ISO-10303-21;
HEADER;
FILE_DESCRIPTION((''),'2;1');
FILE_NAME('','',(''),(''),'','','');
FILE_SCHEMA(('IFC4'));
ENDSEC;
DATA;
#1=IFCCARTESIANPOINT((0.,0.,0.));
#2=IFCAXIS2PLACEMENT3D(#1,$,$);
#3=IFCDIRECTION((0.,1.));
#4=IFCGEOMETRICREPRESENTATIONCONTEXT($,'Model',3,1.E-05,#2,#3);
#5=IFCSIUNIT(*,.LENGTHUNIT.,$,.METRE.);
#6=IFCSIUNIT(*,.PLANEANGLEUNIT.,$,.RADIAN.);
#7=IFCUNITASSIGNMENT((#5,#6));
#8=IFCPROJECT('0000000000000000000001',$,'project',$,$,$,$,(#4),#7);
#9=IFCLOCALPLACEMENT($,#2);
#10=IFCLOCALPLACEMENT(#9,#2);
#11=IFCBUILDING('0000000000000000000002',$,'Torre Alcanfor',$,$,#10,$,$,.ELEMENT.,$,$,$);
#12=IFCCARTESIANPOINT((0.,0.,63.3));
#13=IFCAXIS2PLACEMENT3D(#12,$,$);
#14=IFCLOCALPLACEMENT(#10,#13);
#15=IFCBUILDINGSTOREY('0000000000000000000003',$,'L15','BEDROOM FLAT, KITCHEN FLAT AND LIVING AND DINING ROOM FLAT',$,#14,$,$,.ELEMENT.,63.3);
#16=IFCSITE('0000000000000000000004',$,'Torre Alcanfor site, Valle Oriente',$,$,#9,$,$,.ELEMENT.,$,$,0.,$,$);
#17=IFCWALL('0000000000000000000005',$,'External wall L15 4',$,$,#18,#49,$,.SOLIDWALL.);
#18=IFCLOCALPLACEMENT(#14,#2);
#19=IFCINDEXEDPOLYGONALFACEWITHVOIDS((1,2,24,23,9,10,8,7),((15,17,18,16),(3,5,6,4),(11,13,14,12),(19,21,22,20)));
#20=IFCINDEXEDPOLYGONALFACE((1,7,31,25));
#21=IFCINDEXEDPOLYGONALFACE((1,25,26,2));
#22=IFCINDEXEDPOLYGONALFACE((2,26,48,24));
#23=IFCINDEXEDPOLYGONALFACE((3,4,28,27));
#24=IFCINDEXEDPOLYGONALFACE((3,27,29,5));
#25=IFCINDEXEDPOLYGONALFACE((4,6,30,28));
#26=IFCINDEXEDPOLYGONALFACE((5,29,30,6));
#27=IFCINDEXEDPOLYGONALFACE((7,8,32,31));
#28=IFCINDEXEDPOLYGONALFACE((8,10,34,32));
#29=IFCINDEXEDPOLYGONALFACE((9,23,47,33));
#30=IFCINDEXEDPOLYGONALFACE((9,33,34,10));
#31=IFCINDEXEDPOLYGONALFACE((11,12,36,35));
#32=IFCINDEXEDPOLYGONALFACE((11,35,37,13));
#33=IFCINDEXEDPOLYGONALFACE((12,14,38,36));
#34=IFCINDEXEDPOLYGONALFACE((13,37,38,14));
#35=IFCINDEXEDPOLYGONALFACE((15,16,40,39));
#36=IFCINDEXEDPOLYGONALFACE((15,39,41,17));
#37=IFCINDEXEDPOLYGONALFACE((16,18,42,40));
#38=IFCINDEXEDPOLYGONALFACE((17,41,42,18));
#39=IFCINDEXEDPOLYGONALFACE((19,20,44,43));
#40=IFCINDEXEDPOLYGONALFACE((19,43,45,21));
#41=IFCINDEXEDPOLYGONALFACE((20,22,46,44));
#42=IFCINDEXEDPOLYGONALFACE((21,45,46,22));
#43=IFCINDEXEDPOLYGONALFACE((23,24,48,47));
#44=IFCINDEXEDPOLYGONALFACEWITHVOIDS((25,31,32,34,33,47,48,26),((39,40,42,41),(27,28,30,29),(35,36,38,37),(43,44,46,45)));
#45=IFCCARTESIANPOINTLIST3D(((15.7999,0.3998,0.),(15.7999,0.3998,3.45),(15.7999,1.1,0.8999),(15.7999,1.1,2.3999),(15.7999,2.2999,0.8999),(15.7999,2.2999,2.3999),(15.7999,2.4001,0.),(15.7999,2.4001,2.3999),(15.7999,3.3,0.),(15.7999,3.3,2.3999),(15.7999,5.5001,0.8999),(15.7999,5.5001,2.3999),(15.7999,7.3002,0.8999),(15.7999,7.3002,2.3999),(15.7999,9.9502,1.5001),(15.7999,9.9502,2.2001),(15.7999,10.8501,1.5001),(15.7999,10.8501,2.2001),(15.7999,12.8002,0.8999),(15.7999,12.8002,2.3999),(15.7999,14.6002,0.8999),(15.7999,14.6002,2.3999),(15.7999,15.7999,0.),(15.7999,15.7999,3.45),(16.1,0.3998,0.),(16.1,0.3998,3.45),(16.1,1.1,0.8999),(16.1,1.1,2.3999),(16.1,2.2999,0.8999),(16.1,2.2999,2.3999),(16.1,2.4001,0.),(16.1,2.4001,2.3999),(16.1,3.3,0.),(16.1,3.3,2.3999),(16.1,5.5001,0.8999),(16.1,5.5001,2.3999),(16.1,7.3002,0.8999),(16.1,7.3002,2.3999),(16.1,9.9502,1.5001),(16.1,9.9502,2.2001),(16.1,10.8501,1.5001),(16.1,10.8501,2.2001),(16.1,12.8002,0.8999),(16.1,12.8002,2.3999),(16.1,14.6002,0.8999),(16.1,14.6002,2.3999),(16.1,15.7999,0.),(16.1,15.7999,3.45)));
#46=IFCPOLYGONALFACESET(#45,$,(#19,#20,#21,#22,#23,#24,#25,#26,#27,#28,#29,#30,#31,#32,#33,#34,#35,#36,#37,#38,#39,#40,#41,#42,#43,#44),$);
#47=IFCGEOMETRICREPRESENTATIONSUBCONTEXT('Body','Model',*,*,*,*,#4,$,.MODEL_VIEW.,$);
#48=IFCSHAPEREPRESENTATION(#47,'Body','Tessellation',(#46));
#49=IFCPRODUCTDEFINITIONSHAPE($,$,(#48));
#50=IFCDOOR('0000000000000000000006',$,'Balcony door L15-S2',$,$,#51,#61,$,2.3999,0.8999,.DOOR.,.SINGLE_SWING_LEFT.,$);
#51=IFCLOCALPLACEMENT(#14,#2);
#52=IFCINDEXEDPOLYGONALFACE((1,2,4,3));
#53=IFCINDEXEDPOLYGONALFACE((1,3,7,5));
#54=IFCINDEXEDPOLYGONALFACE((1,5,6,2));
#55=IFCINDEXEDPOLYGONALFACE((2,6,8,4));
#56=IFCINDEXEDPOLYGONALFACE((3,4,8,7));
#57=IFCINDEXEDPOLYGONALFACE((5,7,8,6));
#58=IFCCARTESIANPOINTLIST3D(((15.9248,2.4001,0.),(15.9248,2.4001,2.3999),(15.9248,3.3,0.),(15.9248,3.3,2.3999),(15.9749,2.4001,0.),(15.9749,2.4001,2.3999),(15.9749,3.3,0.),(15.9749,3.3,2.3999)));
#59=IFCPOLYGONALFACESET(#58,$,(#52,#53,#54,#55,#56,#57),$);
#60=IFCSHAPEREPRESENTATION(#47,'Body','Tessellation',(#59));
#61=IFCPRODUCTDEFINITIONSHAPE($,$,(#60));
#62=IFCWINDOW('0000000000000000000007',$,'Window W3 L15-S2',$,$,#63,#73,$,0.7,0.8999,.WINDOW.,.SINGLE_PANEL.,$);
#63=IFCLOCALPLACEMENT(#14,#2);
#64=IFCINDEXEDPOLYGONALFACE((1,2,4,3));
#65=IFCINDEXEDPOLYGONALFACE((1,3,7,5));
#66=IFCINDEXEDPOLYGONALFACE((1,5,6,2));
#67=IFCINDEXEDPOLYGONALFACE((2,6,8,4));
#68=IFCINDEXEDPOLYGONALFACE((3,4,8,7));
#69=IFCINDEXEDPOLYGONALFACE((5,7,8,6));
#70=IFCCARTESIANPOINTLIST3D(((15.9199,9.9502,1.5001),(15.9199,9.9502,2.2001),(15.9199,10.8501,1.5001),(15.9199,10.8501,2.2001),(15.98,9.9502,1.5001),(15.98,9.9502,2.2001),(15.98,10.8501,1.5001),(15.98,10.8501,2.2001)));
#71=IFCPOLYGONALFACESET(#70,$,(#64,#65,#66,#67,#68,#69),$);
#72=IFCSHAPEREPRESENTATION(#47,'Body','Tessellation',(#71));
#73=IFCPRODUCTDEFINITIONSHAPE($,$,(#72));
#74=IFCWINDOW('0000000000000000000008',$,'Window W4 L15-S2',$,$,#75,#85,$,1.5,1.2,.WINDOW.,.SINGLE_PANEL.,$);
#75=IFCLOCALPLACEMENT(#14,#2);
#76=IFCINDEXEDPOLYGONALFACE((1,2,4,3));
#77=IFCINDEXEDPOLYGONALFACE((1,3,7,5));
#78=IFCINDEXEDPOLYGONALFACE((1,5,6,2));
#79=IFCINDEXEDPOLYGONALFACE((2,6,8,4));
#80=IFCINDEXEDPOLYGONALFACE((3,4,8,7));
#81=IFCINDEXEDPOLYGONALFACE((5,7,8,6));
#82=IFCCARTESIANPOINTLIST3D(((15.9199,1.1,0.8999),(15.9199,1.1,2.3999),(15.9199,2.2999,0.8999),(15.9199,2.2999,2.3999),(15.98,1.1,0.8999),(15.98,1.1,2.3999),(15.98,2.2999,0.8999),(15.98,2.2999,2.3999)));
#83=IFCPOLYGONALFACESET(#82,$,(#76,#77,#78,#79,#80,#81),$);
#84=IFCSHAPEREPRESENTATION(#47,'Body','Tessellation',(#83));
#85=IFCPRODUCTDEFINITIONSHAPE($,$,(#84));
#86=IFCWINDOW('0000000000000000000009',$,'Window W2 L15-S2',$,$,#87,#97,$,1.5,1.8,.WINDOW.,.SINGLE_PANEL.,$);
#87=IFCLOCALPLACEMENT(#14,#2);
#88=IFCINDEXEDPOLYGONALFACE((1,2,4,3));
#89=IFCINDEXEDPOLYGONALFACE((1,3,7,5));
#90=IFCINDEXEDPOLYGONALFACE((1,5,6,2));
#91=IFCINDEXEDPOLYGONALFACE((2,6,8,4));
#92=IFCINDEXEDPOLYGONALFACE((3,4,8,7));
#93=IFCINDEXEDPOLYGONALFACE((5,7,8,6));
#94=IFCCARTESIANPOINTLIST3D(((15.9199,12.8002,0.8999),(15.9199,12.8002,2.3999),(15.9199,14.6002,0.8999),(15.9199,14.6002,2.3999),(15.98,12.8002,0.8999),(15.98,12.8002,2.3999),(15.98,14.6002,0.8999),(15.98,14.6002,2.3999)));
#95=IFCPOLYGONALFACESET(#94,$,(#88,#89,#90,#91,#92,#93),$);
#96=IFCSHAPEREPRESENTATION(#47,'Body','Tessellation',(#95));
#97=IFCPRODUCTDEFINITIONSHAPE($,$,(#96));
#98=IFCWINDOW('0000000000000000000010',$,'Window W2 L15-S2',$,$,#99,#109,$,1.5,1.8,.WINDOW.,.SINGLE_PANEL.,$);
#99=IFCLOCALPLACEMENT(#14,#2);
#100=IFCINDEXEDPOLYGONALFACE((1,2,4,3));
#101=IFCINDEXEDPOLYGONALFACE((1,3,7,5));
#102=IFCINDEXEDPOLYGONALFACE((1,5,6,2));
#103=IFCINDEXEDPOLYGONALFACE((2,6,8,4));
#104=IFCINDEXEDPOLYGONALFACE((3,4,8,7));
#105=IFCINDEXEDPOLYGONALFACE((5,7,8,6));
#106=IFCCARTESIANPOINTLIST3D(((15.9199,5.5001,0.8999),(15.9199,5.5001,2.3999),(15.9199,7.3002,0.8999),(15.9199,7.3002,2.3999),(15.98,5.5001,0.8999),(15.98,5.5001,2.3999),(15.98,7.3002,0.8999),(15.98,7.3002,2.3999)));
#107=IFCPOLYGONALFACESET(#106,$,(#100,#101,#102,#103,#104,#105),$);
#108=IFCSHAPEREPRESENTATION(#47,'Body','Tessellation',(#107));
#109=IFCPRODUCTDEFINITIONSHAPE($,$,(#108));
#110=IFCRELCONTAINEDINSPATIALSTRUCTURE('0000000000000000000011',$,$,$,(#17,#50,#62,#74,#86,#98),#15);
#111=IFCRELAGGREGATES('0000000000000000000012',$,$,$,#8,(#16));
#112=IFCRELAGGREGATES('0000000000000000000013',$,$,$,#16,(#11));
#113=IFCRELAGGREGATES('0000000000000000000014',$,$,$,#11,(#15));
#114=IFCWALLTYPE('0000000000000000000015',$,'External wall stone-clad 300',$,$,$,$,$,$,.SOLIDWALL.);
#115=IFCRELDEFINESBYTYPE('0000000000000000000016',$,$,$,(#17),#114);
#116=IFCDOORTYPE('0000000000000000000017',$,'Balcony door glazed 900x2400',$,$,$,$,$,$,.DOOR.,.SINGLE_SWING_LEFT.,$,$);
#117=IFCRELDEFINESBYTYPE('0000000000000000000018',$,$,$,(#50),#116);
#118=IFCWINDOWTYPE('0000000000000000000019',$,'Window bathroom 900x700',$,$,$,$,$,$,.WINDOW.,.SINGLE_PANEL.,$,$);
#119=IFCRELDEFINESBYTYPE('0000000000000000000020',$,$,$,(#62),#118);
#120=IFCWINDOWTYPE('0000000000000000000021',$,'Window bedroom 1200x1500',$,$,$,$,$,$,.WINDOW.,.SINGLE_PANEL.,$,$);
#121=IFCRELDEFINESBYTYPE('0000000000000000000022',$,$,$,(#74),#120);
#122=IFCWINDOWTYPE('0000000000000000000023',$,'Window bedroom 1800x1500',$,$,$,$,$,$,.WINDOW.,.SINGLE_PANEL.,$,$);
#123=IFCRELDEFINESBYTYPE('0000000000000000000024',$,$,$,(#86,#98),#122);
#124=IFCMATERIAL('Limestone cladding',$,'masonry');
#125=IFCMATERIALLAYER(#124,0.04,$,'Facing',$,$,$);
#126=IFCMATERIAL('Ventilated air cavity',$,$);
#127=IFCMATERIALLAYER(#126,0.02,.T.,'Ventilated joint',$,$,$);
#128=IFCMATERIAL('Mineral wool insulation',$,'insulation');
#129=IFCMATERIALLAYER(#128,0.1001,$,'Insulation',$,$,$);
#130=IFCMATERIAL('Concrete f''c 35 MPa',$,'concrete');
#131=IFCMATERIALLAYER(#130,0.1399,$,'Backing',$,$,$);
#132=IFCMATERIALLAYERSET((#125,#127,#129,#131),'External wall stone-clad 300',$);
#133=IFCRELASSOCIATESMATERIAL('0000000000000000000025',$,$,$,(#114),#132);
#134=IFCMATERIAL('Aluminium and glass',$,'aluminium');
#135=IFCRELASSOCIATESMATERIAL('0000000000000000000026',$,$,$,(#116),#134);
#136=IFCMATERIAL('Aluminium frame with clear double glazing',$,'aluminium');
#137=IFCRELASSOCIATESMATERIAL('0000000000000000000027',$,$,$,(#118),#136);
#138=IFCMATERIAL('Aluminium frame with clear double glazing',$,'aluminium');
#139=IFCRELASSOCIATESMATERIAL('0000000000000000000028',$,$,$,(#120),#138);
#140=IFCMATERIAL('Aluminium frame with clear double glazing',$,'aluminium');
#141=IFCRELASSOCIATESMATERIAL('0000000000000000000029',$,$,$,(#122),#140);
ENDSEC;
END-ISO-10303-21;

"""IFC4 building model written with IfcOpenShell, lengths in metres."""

from ifc_helpers import new_model, si_unit, direction, frame, frame_2d, origin, place, context, subcontext, project, spatial, rectangle, extrude, material, layer, layer_set, type_object, element, fill, save


model = new_model("IFC4")

# Units and contexts
model_context = context("Model", 3, precision=1e-05, world=origin(), true_north=direction((0.0, 1.0)))
body_context = subcontext(model_context, "Body", "Model", "MODEL_VIEW")
ifc_project = project(units=[si_unit("LENGTHUNIT", "METRE"), si_unit("PLANEANGLEUNIT", "RADIAN")], contexts=[model_context])

# Site, building, storey
site_placement = place(None, origin())
site = spatial("IfcSite", under=ifc_project, at=site_placement, Name="Torre Alcanfor site, Valle Oriente", CompositionType="ELEMENT", RefElevation=0.0)
building_placement = place(site_placement, origin())
building = spatial("IfcBuilding", under=site, at=building_placement, Name="Torre Alcanfor", CompositionType="ELEMENT")
storey_placement = place(building_placement, frame((0.0, 0.0, 63.3)))
storey = spatial("IfcBuildingStorey", under=building, at=storey_placement, Name="L15", Description="BEDROOM FLAT, KITCHEN FLAT AND LIVING AND DINING ROOM FLAT", CompositionType="ELEMENT", Elevation=63.3)

# Wall, openings, door, windows
ifc_material_1 = material(Name="Limestone cladding", Category="masonry")
ifc_layer_1 = layer(ifc_material_1, 0.04, Name="Facing")
ifc_material_2 = material(Name="Ventilated air cavity")
ifc_layer_2 = layer(ifc_material_2, 0.02, ventilated=True, Name="Ventilated joint")
ifc_material_3 = material(Name="Mineral wool insulation", Category="insulation")
ifc_layer_3 = layer(ifc_material_3, 0.1001, Name="Insulation")
ifc_material_4 = material(Name="Concrete f'c 35 MPa", Category="concrete")
ifc_layer_4 = layer(ifc_material_4, 0.1399, Name="Backing")
ifc_layer_set_1 = layer_set([ifc_layer_1, ifc_layer_2, ifc_layer_3, ifc_layer_4], Name="External wall stone-clad 300")
wall_type_1 = type_object("IfcWallType", Name="External wall stone-clad 300", PredefinedType="SOLIDWALL", material=ifc_layer_set_1)
ifc_material_5 = material(Name="Aluminium and glass", Category="aluminium")
door_type = type_object("IfcDoorType", Name="Balcony door glazed 900x2400", OperationType="SINGLE_SWING_LEFT", PredefinedType="DOOR", material=ifc_material_5)
ifc_material_6 = material(Name="Aluminium frame with clear double glazing", Category="aluminium")
window_type_1 = type_object("IfcWindowType", Name="Window bathroom 900x700", PartitioningType="SINGLE_PANEL", PredefinedType="WINDOW", material=ifc_material_6)
ifc_material_7 = material(Name="Aluminium frame with clear double glazing", Category="aluminium")
window_type_2 = type_object("IfcWindowType", Name="Window bedroom 1200x1500", PartitioningType="SINGLE_PANEL", PredefinedType="WINDOW", material=ifc_material_7)
ifc_material_8 = material(Name="Aluminium frame with clear double glazing", Category="aluminium")
window_type_3 = type_object("IfcWindowType", Name="Window bedroom 1800x1500", PartitioningType="SINGLE_PANEL", PredefinedType="WINDOW", material=ifc_material_8)
wall_1_placement = place(storey_placement, frame((15.95, 15.8, 0.0), z_axis=(0.0, 0.0, 1.0), x_axis=(0.0, -1.0, 0.0)))
wall_1 = element("IfcWall", 1, at=wall_1_placement, inside=storey, type_object=wall_type_1, Name="External wall L15 4", PredefinedType="SOLIDWALL", context=body_context, shape_type="SweptSolid", body=[
    extrude(rectangle(XDim=15.4001, YDim=0.3, at=frame_2d((7.7002, 0.0))), origin(), (0.0, 0.0, 1.0), 3.45),
])
opening_1_placement = place(wall_1_placement, frame((1.2, 0.0, 0.8999)))
opening_1 = element("IfcOpeningElement", 2, at=opening_1_placement, cuts=wall_1, PredefinedType="OPENING", context=body_context, shape_type="SweptSolid", body=[
    extrude(rectangle(XDim=1.8, YDim=1.5, at=frame_2d((0.8999, 0.75))), frame((0.0, 0.1599, 0.0), z_axis=(0.0, -1.0, 0.0), x_axis=(1.0, 0.0, 0.0)), (0.0, 0.0, 1.0), 0.3201),
])
opening_2_placement = place(wall_1_placement, frame((4.95, 0.0, 1.5)))
opening_2 = element("IfcOpeningElement", 3, at=opening_2_placement, cuts=wall_1, PredefinedType="OPENING", context=body_context, shape_type="SweptSolid", body=[
    extrude(rectangle(XDim=0.8999, YDim=0.7, at=frame_2d((0.45, 0.3501))), frame((0.0, 0.1599, 0.0), z_axis=(0.0, -1.0, 0.0), x_axis=(1.0, 0.0, 0.0)), (0.0, 0.0, 1.0), 0.3201),
])
opening_3_placement = place(wall_1_placement, frame((8.5, 0.0, 0.8999)))
opening_3 = element("IfcOpeningElement", 4, at=opening_3_placement, cuts=wall_1, PredefinedType="OPENING", context=body_context, shape_type="SweptSolid", body=[
    extrude(rectangle(XDim=1.8, YDim=1.5, at=frame_2d((0.8999, 0.75))), frame((0.0, 0.1599, 0.0), z_axis=(0.0, -1.0, 0.0), x_axis=(1.0, 0.0, 0.0)), (0.0, 0.0, 1.0), 0.3201),
])
opening_4_placement = place(wall_1_placement, frame((12.5, 0.0, 0.0)))
opening_4 = element("IfcOpeningElement", 5, at=opening_4_placement, cuts=wall_1, PredefinedType="OPENING", context=body_context, shape_type="SweptSolid", body=[
    extrude(rectangle(XDim=0.8999, YDim=2.3999, at=frame_2d((0.45, 1.2))), frame((0.0, 0.1599, 0.0), z_axis=(0.0, -1.0, 0.0), x_axis=(1.0, 0.0, 0.0)), (0.0, 0.0, 1.0), 0.3201),
])
opening_5_placement = place(wall_1_placement, frame((13.5, 0.0, 0.8999)))
opening_5 = element("IfcOpeningElement", 6, at=opening_5_placement, cuts=wall_1, PredefinedType="OPENING", context=body_context, shape_type="SweptSolid", body=[
    extrude(rectangle(XDim=1.2, YDim=1.5, at=frame_2d((0.6001, 0.75))), frame((0.0, 0.1599, 0.0), z_axis=(0.0, -1.0, 0.0), x_axis=(1.0, 0.0, 0.0)), (0.0, 0.0, 1.0), 0.3201),
])
door_1_placement = place(opening_4_placement, origin())
door_1 = element("IfcDoor", 7, at=door_1_placement, inside=storey, type_object=door_type, Name="Balcony door L15-S2", OperationType="SINGLE_SWING_LEFT", OverallHeight=2.3999, OverallWidth=0.8999, PredefinedType="DOOR", context=body_context, shape_type="SweptSolid", body=[
    extrude(rectangle(XDim=0.8999, YDim=2.3999, at=frame_2d((0.45, 1.2))), frame((0.0, 0.0249, 0.0), z_axis=(0.0, -1.0, 0.0), x_axis=(1.0, 0.0, 0.0)), (0.0, 0.0, 1.0), 0.05),
])
fill(opening_4, door_1)
window_1_placement = place(opening_2_placement, origin())
window_1 = element("IfcWindow", 8, at=window_1_placement, inside=storey, type_object=window_type_1, Name="Window W3 L15-S2", OverallHeight=0.7, OverallWidth=0.8999, PartitioningType="SINGLE_PANEL", PredefinedType="WINDOW", context=body_context, shape_type="SweptSolid", body=[
    extrude(rectangle(XDim=0.8999, YDim=0.7, at=frame_2d((0.45, 0.3501))), frame((0.0, 0.03, 0.0), z_axis=(0.0, -1.0, 0.0), x_axis=(1.0, 0.0, 0.0)), (0.0, 0.0, 1.0), 0.0601),
])
fill(opening_2, window_1)
window_2_placement = place(opening_5_placement, origin())
window_2 = element("IfcWindow", 9, at=window_2_placement, inside=storey, type_object=window_type_2, Name="Window W4 L15-S2", OverallHeight=1.5, OverallWidth=1.2, PartitioningType="SINGLE_PANEL", PredefinedType="WINDOW", context=body_context, shape_type="SweptSolid", body=[
    extrude(rectangle(XDim=1.2, YDim=1.5, at=frame_2d((0.6001, 0.75))), frame((0.0, 0.03, 0.0), z_axis=(0.0, -1.0, 0.0), x_axis=(1.0, 0.0, 0.0)), (0.0, 0.0, 1.0), 0.0601),
])
fill(opening_5, window_2)
window_3_placement = place(opening_1_placement, origin())
window_3 = element("IfcWindow", 10, at=window_3_placement, inside=storey, type_object=window_type_3, Name="Window W2 L15-S2", OverallHeight=1.5, OverallWidth=1.8, PartitioningType="SINGLE_PANEL", PredefinedType="WINDOW", context=body_context, shape_type="SweptSolid", body=[
    extrude(rectangle(XDim=1.8, YDim=1.5, at=frame_2d((0.8999, 0.75))), frame((0.0, 0.03, 0.0), z_axis=(0.0, -1.0, 0.0), x_axis=(1.0, 0.0, 0.0)), (0.0, 0.0, 1.0), 0.0601),
])
fill(opening_1, window_3)
window_4_placement = place(opening_3_placement, origin())
window_4 = element("IfcWindow", 11, at=window_4_placement, inside=storey, type_object=window_type_3, Name="Window W2 L15-S2", OverallHeight=1.5, OverallWidth=1.8, PartitioningType="SINGLE_PANEL", PredefinedType="WINDOW", context=body_context, shape_type="SweptSolid", body=[
    extrude(rectangle(XDim=1.8, YDim=1.5, at=frame_2d((0.8999, 0.75))), frame((0.0, 0.03, 0.0), z_axis=(0.0, -1.0, 0.0), x_axis=(1.0, 0.0, 0.0)), (0.0, 0.0, 1.0), 0.0601),
])
fill(opening_3, window_4)

save(model, "model.ifc")
